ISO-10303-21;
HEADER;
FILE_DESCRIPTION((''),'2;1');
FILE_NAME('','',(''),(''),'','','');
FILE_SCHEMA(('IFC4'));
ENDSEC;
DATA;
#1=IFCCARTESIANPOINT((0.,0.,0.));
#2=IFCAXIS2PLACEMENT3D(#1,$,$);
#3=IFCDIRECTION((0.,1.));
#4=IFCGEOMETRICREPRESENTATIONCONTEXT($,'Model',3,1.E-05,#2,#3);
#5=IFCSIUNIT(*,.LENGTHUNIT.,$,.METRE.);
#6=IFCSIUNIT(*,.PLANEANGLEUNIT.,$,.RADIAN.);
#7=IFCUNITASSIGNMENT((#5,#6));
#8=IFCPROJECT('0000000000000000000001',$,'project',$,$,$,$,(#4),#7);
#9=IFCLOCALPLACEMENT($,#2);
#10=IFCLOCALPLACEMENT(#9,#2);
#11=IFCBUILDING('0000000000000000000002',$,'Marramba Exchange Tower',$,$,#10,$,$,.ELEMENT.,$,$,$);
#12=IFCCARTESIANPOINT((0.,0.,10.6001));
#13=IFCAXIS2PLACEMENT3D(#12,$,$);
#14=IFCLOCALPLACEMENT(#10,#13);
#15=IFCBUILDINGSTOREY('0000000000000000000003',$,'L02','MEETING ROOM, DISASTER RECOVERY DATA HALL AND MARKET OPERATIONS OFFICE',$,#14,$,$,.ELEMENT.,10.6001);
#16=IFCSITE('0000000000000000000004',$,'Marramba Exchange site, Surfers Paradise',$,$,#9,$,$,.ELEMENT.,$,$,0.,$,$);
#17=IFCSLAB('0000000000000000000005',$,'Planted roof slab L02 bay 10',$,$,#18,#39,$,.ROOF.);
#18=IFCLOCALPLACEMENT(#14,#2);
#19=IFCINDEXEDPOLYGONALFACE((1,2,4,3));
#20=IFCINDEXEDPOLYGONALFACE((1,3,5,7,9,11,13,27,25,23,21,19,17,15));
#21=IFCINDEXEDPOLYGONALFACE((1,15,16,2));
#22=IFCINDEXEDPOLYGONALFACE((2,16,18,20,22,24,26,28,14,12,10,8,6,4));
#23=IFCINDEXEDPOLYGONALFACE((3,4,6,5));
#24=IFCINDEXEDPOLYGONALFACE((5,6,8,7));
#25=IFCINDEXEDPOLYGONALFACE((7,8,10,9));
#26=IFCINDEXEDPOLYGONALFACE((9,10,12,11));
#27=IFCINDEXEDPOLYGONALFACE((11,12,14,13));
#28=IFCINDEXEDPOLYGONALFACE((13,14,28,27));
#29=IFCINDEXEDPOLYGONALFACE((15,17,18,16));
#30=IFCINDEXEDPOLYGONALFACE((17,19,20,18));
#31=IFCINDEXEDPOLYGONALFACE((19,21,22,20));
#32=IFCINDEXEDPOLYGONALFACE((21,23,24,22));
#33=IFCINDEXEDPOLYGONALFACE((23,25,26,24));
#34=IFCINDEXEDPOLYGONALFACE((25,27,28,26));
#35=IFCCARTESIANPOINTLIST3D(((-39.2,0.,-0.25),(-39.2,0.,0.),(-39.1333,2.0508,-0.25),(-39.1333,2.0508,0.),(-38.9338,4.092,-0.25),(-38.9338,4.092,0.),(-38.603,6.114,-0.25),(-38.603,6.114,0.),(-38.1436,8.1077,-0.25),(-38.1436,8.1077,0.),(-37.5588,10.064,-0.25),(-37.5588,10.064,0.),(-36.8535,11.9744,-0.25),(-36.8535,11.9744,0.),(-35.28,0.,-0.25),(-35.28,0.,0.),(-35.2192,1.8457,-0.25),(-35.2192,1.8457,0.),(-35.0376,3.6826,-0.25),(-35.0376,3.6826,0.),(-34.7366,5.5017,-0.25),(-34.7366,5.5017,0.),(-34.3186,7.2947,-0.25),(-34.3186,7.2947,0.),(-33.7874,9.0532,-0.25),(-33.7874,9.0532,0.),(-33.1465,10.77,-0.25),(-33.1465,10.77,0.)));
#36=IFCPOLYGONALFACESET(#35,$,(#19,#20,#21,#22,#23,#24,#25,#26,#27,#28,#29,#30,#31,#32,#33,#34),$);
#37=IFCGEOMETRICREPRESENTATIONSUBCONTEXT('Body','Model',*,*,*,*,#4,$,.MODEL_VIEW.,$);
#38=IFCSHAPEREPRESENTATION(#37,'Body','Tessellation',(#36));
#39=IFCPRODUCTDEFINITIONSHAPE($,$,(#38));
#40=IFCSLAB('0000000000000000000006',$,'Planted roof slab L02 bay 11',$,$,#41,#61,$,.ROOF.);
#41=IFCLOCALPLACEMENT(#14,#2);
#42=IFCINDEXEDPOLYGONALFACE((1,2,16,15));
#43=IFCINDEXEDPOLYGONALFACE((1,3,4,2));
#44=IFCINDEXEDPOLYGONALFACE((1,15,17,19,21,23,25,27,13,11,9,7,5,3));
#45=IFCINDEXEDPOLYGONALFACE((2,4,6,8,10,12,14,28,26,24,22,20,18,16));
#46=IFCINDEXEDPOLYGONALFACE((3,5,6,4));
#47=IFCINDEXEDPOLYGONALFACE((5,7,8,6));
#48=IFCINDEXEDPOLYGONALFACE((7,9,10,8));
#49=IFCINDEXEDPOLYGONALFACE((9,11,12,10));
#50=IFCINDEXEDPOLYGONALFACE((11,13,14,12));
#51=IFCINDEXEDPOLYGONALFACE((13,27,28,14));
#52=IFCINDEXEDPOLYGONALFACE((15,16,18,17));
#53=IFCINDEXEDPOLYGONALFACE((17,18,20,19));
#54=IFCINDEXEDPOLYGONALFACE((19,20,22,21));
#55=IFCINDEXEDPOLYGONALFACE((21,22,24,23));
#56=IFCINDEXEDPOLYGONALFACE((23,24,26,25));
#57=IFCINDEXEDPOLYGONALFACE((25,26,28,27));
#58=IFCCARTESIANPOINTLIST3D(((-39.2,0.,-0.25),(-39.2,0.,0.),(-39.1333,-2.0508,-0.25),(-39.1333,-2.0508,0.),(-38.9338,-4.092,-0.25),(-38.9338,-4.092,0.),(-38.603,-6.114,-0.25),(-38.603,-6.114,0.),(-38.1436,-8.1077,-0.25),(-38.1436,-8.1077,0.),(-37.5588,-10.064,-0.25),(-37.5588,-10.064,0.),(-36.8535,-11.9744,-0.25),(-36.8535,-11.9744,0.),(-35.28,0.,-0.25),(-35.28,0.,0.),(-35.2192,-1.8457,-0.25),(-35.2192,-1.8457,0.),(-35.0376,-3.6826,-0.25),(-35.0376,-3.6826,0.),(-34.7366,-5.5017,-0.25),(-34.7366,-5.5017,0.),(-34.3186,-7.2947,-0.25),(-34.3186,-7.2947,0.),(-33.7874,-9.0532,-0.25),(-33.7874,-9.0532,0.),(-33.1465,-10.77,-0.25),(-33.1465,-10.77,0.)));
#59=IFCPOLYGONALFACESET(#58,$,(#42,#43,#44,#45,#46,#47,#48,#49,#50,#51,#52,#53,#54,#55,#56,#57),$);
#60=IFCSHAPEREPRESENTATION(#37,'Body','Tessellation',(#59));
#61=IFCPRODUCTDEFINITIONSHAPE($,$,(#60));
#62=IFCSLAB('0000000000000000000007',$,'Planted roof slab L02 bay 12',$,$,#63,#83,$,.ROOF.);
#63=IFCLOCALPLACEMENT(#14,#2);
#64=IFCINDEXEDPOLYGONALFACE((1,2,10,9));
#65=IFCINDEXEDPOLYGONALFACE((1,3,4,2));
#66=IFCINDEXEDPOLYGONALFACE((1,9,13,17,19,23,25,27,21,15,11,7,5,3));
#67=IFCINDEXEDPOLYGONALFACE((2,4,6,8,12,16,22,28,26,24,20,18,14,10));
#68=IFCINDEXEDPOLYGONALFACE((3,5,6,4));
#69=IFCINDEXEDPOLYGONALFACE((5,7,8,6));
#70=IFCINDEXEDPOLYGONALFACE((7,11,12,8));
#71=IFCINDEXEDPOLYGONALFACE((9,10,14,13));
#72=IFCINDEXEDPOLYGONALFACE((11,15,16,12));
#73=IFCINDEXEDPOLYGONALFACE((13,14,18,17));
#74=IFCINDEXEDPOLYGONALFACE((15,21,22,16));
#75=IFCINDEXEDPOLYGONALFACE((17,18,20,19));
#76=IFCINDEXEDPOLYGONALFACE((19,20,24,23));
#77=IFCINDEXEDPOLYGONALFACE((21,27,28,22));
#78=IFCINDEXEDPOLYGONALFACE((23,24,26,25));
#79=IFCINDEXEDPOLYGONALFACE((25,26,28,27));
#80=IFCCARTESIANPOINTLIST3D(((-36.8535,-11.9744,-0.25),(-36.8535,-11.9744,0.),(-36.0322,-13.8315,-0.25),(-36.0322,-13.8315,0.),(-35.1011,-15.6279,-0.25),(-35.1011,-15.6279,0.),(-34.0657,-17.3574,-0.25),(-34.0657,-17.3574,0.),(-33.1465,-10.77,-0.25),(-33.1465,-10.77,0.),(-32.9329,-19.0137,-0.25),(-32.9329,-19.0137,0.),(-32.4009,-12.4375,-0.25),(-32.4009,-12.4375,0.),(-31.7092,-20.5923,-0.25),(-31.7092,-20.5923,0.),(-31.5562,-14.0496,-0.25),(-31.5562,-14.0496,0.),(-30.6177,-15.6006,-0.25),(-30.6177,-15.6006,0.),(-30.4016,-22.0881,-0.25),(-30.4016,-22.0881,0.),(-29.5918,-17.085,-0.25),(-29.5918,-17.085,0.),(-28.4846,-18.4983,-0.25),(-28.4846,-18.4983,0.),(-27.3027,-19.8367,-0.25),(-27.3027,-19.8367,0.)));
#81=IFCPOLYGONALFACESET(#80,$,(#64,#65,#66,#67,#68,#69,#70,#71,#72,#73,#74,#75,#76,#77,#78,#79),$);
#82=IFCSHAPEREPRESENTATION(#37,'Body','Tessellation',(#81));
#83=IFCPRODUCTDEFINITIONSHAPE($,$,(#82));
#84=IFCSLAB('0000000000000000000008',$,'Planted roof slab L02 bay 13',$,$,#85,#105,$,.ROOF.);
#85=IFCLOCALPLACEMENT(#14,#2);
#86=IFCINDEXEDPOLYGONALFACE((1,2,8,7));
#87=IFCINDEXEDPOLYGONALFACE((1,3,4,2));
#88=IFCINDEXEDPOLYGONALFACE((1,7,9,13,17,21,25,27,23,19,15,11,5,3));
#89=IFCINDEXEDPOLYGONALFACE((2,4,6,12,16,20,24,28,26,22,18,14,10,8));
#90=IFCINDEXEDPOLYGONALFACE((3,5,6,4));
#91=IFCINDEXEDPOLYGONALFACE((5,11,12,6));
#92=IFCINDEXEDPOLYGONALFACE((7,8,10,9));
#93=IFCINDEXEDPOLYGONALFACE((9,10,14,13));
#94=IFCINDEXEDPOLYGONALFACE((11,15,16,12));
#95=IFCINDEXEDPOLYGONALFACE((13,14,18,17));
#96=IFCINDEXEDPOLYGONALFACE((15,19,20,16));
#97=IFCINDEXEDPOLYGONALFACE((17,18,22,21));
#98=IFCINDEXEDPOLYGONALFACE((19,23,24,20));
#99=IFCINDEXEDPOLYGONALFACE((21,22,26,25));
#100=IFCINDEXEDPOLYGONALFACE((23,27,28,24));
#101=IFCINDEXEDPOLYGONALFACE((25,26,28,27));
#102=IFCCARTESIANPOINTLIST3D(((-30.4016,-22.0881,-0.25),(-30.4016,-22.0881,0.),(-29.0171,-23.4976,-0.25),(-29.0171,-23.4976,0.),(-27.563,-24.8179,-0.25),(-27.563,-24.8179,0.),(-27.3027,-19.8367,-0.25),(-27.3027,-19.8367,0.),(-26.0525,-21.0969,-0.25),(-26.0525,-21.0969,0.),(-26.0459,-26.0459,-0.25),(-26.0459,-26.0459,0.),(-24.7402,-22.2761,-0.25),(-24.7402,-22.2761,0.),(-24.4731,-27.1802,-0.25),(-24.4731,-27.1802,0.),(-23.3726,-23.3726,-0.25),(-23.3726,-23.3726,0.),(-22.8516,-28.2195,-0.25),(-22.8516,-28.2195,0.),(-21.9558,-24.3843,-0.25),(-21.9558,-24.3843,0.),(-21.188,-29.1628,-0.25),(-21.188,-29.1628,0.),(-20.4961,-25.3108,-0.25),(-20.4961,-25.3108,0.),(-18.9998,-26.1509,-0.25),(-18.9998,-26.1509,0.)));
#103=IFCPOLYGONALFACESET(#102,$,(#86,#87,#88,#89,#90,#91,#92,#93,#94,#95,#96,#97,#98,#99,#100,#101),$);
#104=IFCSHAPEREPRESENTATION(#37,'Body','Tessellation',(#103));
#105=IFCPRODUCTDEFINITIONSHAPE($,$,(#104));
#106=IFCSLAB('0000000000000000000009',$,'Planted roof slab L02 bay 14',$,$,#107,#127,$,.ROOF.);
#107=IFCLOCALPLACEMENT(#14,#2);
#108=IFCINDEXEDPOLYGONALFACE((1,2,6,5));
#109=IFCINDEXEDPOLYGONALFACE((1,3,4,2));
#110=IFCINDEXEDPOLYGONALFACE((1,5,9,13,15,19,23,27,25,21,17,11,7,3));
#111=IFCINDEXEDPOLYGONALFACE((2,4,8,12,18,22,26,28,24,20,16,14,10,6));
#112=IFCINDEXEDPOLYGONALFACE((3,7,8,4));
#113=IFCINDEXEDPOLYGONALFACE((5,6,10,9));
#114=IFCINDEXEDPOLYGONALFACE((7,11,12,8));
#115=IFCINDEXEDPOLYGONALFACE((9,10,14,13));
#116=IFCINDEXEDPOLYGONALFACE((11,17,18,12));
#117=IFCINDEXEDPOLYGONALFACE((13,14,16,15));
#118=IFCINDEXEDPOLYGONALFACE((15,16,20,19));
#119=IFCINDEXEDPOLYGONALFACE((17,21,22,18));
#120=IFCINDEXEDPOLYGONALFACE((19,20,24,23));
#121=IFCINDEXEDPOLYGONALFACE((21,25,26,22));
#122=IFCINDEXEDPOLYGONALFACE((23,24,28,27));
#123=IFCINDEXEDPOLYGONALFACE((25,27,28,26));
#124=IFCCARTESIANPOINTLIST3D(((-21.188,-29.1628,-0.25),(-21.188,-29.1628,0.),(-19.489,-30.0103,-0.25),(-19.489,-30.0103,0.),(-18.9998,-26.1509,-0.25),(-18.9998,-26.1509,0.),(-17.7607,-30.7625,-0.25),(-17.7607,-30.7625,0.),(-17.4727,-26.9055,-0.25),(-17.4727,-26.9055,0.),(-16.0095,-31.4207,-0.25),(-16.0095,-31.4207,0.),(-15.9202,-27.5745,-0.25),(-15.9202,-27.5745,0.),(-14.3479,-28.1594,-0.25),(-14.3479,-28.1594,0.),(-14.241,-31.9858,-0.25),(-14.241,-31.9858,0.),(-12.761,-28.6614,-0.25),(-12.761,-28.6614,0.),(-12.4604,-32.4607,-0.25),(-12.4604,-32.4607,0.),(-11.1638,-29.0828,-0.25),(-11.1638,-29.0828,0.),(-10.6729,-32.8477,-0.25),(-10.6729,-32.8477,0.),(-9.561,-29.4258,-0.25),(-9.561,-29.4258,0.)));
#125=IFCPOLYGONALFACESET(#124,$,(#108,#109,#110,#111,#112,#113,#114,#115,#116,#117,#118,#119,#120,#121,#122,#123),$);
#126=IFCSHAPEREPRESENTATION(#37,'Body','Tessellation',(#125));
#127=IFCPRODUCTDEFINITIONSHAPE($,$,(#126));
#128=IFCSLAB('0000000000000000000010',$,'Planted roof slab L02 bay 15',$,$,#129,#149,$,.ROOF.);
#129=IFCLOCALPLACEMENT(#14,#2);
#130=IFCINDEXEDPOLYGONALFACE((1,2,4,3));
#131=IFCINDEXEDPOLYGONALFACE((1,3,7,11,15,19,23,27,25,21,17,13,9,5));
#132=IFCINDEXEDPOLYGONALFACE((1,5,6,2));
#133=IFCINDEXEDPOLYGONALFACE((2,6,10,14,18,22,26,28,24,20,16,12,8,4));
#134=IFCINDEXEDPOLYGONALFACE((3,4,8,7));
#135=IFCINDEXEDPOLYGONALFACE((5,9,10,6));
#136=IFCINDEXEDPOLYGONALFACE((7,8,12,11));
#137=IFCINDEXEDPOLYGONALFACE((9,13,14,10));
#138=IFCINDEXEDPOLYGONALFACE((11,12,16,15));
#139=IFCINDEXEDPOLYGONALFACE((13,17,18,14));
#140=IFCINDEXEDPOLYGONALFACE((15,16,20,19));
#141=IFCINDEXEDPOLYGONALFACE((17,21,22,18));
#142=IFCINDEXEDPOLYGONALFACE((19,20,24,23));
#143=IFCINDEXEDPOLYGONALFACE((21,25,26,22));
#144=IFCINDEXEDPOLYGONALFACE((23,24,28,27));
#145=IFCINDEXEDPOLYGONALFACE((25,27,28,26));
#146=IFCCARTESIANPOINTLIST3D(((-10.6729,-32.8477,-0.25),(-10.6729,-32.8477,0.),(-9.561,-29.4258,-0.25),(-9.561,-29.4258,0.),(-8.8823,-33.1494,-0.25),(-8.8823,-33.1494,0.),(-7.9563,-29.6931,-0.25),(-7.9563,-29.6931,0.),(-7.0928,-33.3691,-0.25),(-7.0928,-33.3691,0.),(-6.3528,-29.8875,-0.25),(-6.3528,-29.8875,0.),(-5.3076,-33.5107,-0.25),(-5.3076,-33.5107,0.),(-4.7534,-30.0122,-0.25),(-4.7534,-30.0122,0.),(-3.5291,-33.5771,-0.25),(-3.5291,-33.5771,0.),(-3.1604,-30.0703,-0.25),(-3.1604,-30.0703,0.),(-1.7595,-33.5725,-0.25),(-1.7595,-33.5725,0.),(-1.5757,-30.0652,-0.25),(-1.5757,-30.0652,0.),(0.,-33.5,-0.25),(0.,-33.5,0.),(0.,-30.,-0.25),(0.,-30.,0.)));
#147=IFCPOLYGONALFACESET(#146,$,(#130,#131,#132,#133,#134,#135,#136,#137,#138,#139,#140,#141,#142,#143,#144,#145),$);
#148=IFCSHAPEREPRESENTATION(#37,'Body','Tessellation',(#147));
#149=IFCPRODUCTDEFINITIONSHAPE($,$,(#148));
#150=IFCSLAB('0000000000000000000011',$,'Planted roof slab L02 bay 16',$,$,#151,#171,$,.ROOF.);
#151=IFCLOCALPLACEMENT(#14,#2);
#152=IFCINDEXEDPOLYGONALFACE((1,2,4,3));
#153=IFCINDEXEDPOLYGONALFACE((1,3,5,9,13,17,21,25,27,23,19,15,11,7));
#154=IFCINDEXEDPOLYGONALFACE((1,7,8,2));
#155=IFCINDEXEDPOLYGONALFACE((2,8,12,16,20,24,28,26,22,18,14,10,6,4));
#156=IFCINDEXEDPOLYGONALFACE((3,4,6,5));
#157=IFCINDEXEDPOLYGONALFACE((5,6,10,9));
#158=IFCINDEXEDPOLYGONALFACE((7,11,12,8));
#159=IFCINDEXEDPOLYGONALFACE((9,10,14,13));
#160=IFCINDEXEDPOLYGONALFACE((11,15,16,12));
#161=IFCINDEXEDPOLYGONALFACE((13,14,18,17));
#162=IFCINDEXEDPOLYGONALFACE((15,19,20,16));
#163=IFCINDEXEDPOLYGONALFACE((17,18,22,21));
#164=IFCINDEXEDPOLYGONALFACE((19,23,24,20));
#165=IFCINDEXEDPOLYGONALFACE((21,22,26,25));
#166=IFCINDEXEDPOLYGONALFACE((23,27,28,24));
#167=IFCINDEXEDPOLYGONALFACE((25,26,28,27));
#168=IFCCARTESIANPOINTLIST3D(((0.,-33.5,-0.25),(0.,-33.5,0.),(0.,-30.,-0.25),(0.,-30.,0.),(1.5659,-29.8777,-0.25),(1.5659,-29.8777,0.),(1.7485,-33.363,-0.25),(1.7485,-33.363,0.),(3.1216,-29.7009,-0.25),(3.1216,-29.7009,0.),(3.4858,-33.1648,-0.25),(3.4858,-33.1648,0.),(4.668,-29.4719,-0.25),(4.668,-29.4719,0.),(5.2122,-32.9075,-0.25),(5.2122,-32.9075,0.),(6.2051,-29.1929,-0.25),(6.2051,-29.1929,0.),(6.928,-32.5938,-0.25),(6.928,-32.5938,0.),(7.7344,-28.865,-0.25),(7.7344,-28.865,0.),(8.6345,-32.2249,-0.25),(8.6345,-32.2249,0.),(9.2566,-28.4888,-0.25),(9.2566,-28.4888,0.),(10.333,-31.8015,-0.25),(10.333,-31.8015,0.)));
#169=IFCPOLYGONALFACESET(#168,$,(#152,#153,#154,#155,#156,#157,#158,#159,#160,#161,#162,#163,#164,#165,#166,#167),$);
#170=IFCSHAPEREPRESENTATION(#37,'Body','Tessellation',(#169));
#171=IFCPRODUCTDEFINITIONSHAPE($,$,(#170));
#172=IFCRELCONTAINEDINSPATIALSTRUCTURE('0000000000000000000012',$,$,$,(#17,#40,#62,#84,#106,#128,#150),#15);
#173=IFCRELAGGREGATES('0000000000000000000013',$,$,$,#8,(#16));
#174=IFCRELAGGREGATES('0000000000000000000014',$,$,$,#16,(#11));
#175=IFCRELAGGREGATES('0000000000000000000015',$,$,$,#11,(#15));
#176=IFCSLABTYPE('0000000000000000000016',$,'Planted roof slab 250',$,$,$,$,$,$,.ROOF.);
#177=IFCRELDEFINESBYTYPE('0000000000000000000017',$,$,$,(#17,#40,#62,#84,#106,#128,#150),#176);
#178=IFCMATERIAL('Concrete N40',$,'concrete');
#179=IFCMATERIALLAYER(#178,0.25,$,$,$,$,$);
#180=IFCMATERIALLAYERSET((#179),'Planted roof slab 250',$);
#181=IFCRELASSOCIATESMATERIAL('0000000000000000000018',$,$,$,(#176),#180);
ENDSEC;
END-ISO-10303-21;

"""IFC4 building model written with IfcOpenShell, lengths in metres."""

from ifc_helpers import new_model, si_unit, direction, frame, origin, place, context, subcontext, project, spatial, polyline, outline, extrude, material, layer, layer_set, type_object, element, save


model = new_model("IFC4")

# Units and contexts
model_context = context("Model", 3, precision=1e-05, world=origin(), true_north=direction((0.0, 1.0)))
body_context = subcontext(model_context, "Body", "Model", "MODEL_VIEW")
ifc_project = project(units=[si_unit("LENGTHUNIT", "METRE"), si_unit("PLANEANGLEUNIT", "RADIAN")], contexts=[model_context])

# Site, building, storey
site_placement = place(None, origin())
site = spatial("IfcSite", under=ifc_project, at=site_placement, Name="Marramba Exchange site, Surfers Paradise", CompositionType="ELEMENT", RefElevation=0.0)
building_placement = place(site_placement, origin())
building = spatial("IfcBuilding", under=site, at=building_placement, Name="Marramba Exchange Tower", CompositionType="ELEMENT")
storey_placement = place(building_placement, frame((0.0, 0.0, 10.6001)))
storey = spatial("IfcBuildingStorey", under=building, at=storey_placement, Name="L02", Description="MEETING ROOM, DISASTER RECOVERY DATA HALL AND MARKET OPERATIONS OFFICE", CompositionType="ELEMENT", Elevation=10.6001)

# Slabs
ifc_material_1 = material(Name="Concrete N40", Category="concrete")
ifc_layer_1 = layer(ifc_material_1, 0.25)
ifc_layer_set_1 = layer_set([ifc_layer_1], Name="Planted roof slab 250")
slab_type_1 = type_object("IfcSlabType", Name="Planted roof slab 250", PredefinedType="ROOF", material=ifc_layer_set_1)
slab_1_placement = place(storey_placement, frame((0.0, 0.0, -0.25)))
element("IfcSlab", 1, at=slab_1_placement, inside=storey, type_object=slab_type_1, Name="Planted roof slab L02 bay 10", PredefinedType="ROOF", context=body_context, shape_type="SweptSolid", body=[
    extrude(outline(polyline([(-39.1333, 2.0508), (-38.9338, 4.092), (-38.603, 6.114), (-38.1436, 8.1077), (-37.5588, 10.064), (-36.8535, 11.9744), (-33.1465, 10.77), (-33.7874, 9.0532), (-34.3186, 7.2947), (-34.7366, 5.5017), (-35.0376, 3.6826), (-35.2192, 1.8457), (-35.28, 0.0), (-39.2, 0.0), (-39.1333, 2.0508)])), origin(), (0.0, 0.0, 1.0), 0.25),
])
slab_2_placement = place(storey_placement, frame((0.0, 0.0, -0.25)))
element("IfcSlab", 2, at=slab_2_placement, inside=storey, type_object=slab_type_1, Name="Planted roof slab L02 bay 11", PredefinedType="ROOF", context=body_context, shape_type="SweptSolid", body=[
    extrude(outline(polyline([(-36.8535, -11.9744), (-37.5588, -10.064), (-38.1436, -8.1077), (-38.603, -6.114), (-38.9338, -4.092), (-39.1333, -2.0508), (-39.2, 0.0), (-35.28, 0.0), (-35.2192, -1.8457), (-35.0376, -3.6826), (-34.7366, -5.5017), (-34.3186, -7.2947), (-33.7874, -9.0532), (-33.1465, -10.77), (-36.8535, -11.9744)])), origin(), (0.0, 0.0, 1.0), 0.25),
])
slab_3_placement = place(storey_placement, frame((0.0, 0.0, -0.25)))
element("IfcSlab", 3, at=slab_3_placement, inside=storey, type_object=slab_type_1, Name="Planted roof slab L02 bay 12", PredefinedType="ROOF", context=body_context, shape_type="SweptSolid", body=[
    extrude(outline(polyline([(-31.7092, -20.5923), (-32.9329, -19.0137), (-34.0657, -17.3574), (-35.1011, -15.6279), (-36.0322, -13.8315), (-36.8535, -11.9744), (-33.1465, -10.77), (-32.4009, -12.4375), (-31.5562, -14.0496), (-30.6177, -15.6006), (-29.5918, -17.085), (-28.4846, -18.4983), (-27.3027, -19.8367), (-30.4016, -22.0881), (-31.7092, -20.5923)])), origin(), (0.0, 0.0, 1.0), 0.25),
])
slab_4_placement = place(storey_placement, frame((0.0, 0.0, -0.25)))
element("IfcSlab", 4, at=slab_4_placement, inside=storey, type_object=slab_type_1, Name="Planted roof slab L02 bay 13", PredefinedType="ROOF", context=body_context, shape_type="SweptSolid", body=[
    extrude(outline(polyline([(-21.188, -29.1628), (-22.8516, -28.2195), (-24.4731, -27.1802), (-26.0459, -26.0459), (-27.563, -24.8179), (-29.0171, -23.4976), (-30.4016, -22.0881), (-27.3027, -19.8367), (-26.0525, -21.0969), (-24.7402, -22.2761), (-23.3726, -23.3726), (-21.9558, -24.3843), (-20.4961, -25.3108), (-18.9998, -26.1509), (-21.188, -29.1628)])), origin(), (0.0, 0.0, 1.0), 0.25),
])
slab_5_placement = place(storey_placement, frame((0.0, 0.0, -0.25)))
element("IfcSlab", 5, at=slab_5_placement, inside=storey, type_object=slab_type_1, Name="Planted roof slab L02 bay 14", PredefinedType="ROOF", context=body_context, shape_type="SweptSolid", body=[
    extrude(outline(polyline([(-10.6729, -32.8477), (-12.4604, -32.4607), (-14.241, -31.9858), (-16.0095, -31.4207), (-17.7607, -30.7625), (-19.489, -30.0103), (-21.188, -29.1628), (-18.9998, -26.1509), (-17.4727, -26.9055), (-15.9202, -27.5745), (-14.3479, -28.1594), (-12.761, -28.6614), (-11.1638, -29.0828), (-9.561, -29.4258), (-10.6729, -32.8477)])), origin(), (0.0, 0.0, 1.0), 0.25),
])
slab_6_placement = place(storey_placement, frame((0.0, 0.0, -0.25)))
element("IfcSlab", 6, at=slab_6_placement, inside=storey, type_object=slab_type_1, Name="Planted roof slab L02 bay 15", PredefinedType="ROOF", context=body_context, shape_type="SweptSolid", body=[
    extrude(outline(polyline([(-1.7595, -33.5725), (-3.5291, -33.5771), (-5.3076, -33.5107), (-7.0928, -33.3691), (-8.8823, -33.1494), (-10.6729, -32.8477), (-9.561, -29.4258), (-7.9563, -29.6931), (-6.3528, -29.8875), (-4.7534, -30.0122), (-3.1604, -30.0703), (-1.5757, -30.0652), (0.0, -30.0), (0.0, -33.5), (-1.7595, -33.5725)])), origin(), (0.0, 0.0, 1.0), 0.25),
])
slab_7_placement = place(storey_placement, frame((0.0, 0.0, -0.25)))
element("IfcSlab", 7, at=slab_7_placement, inside=storey, type_object=slab_type_1, Name="Planted roof slab L02 bay 16", PredefinedType="ROOF", context=body_context, shape_type="SweptSolid", body=[
    extrude(outline(polyline([(10.333, -31.8015), (8.6345, -32.2249), (6.928, -32.5938), (5.2122, -32.9075), (3.4858, -33.1648), (1.7485, -33.363), (0.0, -33.5), (0.0, -30.0), (1.5659, -29.8777), (3.1216, -29.7009), (4.668, -29.4719), (6.2051, -29.1929), (7.7344, -28.865), (9.2566, -28.4888), (10.333, -31.8015)])), origin(), (0.0, 0.0, 1.0), 0.25),
])

save(model, "model.ifc")
